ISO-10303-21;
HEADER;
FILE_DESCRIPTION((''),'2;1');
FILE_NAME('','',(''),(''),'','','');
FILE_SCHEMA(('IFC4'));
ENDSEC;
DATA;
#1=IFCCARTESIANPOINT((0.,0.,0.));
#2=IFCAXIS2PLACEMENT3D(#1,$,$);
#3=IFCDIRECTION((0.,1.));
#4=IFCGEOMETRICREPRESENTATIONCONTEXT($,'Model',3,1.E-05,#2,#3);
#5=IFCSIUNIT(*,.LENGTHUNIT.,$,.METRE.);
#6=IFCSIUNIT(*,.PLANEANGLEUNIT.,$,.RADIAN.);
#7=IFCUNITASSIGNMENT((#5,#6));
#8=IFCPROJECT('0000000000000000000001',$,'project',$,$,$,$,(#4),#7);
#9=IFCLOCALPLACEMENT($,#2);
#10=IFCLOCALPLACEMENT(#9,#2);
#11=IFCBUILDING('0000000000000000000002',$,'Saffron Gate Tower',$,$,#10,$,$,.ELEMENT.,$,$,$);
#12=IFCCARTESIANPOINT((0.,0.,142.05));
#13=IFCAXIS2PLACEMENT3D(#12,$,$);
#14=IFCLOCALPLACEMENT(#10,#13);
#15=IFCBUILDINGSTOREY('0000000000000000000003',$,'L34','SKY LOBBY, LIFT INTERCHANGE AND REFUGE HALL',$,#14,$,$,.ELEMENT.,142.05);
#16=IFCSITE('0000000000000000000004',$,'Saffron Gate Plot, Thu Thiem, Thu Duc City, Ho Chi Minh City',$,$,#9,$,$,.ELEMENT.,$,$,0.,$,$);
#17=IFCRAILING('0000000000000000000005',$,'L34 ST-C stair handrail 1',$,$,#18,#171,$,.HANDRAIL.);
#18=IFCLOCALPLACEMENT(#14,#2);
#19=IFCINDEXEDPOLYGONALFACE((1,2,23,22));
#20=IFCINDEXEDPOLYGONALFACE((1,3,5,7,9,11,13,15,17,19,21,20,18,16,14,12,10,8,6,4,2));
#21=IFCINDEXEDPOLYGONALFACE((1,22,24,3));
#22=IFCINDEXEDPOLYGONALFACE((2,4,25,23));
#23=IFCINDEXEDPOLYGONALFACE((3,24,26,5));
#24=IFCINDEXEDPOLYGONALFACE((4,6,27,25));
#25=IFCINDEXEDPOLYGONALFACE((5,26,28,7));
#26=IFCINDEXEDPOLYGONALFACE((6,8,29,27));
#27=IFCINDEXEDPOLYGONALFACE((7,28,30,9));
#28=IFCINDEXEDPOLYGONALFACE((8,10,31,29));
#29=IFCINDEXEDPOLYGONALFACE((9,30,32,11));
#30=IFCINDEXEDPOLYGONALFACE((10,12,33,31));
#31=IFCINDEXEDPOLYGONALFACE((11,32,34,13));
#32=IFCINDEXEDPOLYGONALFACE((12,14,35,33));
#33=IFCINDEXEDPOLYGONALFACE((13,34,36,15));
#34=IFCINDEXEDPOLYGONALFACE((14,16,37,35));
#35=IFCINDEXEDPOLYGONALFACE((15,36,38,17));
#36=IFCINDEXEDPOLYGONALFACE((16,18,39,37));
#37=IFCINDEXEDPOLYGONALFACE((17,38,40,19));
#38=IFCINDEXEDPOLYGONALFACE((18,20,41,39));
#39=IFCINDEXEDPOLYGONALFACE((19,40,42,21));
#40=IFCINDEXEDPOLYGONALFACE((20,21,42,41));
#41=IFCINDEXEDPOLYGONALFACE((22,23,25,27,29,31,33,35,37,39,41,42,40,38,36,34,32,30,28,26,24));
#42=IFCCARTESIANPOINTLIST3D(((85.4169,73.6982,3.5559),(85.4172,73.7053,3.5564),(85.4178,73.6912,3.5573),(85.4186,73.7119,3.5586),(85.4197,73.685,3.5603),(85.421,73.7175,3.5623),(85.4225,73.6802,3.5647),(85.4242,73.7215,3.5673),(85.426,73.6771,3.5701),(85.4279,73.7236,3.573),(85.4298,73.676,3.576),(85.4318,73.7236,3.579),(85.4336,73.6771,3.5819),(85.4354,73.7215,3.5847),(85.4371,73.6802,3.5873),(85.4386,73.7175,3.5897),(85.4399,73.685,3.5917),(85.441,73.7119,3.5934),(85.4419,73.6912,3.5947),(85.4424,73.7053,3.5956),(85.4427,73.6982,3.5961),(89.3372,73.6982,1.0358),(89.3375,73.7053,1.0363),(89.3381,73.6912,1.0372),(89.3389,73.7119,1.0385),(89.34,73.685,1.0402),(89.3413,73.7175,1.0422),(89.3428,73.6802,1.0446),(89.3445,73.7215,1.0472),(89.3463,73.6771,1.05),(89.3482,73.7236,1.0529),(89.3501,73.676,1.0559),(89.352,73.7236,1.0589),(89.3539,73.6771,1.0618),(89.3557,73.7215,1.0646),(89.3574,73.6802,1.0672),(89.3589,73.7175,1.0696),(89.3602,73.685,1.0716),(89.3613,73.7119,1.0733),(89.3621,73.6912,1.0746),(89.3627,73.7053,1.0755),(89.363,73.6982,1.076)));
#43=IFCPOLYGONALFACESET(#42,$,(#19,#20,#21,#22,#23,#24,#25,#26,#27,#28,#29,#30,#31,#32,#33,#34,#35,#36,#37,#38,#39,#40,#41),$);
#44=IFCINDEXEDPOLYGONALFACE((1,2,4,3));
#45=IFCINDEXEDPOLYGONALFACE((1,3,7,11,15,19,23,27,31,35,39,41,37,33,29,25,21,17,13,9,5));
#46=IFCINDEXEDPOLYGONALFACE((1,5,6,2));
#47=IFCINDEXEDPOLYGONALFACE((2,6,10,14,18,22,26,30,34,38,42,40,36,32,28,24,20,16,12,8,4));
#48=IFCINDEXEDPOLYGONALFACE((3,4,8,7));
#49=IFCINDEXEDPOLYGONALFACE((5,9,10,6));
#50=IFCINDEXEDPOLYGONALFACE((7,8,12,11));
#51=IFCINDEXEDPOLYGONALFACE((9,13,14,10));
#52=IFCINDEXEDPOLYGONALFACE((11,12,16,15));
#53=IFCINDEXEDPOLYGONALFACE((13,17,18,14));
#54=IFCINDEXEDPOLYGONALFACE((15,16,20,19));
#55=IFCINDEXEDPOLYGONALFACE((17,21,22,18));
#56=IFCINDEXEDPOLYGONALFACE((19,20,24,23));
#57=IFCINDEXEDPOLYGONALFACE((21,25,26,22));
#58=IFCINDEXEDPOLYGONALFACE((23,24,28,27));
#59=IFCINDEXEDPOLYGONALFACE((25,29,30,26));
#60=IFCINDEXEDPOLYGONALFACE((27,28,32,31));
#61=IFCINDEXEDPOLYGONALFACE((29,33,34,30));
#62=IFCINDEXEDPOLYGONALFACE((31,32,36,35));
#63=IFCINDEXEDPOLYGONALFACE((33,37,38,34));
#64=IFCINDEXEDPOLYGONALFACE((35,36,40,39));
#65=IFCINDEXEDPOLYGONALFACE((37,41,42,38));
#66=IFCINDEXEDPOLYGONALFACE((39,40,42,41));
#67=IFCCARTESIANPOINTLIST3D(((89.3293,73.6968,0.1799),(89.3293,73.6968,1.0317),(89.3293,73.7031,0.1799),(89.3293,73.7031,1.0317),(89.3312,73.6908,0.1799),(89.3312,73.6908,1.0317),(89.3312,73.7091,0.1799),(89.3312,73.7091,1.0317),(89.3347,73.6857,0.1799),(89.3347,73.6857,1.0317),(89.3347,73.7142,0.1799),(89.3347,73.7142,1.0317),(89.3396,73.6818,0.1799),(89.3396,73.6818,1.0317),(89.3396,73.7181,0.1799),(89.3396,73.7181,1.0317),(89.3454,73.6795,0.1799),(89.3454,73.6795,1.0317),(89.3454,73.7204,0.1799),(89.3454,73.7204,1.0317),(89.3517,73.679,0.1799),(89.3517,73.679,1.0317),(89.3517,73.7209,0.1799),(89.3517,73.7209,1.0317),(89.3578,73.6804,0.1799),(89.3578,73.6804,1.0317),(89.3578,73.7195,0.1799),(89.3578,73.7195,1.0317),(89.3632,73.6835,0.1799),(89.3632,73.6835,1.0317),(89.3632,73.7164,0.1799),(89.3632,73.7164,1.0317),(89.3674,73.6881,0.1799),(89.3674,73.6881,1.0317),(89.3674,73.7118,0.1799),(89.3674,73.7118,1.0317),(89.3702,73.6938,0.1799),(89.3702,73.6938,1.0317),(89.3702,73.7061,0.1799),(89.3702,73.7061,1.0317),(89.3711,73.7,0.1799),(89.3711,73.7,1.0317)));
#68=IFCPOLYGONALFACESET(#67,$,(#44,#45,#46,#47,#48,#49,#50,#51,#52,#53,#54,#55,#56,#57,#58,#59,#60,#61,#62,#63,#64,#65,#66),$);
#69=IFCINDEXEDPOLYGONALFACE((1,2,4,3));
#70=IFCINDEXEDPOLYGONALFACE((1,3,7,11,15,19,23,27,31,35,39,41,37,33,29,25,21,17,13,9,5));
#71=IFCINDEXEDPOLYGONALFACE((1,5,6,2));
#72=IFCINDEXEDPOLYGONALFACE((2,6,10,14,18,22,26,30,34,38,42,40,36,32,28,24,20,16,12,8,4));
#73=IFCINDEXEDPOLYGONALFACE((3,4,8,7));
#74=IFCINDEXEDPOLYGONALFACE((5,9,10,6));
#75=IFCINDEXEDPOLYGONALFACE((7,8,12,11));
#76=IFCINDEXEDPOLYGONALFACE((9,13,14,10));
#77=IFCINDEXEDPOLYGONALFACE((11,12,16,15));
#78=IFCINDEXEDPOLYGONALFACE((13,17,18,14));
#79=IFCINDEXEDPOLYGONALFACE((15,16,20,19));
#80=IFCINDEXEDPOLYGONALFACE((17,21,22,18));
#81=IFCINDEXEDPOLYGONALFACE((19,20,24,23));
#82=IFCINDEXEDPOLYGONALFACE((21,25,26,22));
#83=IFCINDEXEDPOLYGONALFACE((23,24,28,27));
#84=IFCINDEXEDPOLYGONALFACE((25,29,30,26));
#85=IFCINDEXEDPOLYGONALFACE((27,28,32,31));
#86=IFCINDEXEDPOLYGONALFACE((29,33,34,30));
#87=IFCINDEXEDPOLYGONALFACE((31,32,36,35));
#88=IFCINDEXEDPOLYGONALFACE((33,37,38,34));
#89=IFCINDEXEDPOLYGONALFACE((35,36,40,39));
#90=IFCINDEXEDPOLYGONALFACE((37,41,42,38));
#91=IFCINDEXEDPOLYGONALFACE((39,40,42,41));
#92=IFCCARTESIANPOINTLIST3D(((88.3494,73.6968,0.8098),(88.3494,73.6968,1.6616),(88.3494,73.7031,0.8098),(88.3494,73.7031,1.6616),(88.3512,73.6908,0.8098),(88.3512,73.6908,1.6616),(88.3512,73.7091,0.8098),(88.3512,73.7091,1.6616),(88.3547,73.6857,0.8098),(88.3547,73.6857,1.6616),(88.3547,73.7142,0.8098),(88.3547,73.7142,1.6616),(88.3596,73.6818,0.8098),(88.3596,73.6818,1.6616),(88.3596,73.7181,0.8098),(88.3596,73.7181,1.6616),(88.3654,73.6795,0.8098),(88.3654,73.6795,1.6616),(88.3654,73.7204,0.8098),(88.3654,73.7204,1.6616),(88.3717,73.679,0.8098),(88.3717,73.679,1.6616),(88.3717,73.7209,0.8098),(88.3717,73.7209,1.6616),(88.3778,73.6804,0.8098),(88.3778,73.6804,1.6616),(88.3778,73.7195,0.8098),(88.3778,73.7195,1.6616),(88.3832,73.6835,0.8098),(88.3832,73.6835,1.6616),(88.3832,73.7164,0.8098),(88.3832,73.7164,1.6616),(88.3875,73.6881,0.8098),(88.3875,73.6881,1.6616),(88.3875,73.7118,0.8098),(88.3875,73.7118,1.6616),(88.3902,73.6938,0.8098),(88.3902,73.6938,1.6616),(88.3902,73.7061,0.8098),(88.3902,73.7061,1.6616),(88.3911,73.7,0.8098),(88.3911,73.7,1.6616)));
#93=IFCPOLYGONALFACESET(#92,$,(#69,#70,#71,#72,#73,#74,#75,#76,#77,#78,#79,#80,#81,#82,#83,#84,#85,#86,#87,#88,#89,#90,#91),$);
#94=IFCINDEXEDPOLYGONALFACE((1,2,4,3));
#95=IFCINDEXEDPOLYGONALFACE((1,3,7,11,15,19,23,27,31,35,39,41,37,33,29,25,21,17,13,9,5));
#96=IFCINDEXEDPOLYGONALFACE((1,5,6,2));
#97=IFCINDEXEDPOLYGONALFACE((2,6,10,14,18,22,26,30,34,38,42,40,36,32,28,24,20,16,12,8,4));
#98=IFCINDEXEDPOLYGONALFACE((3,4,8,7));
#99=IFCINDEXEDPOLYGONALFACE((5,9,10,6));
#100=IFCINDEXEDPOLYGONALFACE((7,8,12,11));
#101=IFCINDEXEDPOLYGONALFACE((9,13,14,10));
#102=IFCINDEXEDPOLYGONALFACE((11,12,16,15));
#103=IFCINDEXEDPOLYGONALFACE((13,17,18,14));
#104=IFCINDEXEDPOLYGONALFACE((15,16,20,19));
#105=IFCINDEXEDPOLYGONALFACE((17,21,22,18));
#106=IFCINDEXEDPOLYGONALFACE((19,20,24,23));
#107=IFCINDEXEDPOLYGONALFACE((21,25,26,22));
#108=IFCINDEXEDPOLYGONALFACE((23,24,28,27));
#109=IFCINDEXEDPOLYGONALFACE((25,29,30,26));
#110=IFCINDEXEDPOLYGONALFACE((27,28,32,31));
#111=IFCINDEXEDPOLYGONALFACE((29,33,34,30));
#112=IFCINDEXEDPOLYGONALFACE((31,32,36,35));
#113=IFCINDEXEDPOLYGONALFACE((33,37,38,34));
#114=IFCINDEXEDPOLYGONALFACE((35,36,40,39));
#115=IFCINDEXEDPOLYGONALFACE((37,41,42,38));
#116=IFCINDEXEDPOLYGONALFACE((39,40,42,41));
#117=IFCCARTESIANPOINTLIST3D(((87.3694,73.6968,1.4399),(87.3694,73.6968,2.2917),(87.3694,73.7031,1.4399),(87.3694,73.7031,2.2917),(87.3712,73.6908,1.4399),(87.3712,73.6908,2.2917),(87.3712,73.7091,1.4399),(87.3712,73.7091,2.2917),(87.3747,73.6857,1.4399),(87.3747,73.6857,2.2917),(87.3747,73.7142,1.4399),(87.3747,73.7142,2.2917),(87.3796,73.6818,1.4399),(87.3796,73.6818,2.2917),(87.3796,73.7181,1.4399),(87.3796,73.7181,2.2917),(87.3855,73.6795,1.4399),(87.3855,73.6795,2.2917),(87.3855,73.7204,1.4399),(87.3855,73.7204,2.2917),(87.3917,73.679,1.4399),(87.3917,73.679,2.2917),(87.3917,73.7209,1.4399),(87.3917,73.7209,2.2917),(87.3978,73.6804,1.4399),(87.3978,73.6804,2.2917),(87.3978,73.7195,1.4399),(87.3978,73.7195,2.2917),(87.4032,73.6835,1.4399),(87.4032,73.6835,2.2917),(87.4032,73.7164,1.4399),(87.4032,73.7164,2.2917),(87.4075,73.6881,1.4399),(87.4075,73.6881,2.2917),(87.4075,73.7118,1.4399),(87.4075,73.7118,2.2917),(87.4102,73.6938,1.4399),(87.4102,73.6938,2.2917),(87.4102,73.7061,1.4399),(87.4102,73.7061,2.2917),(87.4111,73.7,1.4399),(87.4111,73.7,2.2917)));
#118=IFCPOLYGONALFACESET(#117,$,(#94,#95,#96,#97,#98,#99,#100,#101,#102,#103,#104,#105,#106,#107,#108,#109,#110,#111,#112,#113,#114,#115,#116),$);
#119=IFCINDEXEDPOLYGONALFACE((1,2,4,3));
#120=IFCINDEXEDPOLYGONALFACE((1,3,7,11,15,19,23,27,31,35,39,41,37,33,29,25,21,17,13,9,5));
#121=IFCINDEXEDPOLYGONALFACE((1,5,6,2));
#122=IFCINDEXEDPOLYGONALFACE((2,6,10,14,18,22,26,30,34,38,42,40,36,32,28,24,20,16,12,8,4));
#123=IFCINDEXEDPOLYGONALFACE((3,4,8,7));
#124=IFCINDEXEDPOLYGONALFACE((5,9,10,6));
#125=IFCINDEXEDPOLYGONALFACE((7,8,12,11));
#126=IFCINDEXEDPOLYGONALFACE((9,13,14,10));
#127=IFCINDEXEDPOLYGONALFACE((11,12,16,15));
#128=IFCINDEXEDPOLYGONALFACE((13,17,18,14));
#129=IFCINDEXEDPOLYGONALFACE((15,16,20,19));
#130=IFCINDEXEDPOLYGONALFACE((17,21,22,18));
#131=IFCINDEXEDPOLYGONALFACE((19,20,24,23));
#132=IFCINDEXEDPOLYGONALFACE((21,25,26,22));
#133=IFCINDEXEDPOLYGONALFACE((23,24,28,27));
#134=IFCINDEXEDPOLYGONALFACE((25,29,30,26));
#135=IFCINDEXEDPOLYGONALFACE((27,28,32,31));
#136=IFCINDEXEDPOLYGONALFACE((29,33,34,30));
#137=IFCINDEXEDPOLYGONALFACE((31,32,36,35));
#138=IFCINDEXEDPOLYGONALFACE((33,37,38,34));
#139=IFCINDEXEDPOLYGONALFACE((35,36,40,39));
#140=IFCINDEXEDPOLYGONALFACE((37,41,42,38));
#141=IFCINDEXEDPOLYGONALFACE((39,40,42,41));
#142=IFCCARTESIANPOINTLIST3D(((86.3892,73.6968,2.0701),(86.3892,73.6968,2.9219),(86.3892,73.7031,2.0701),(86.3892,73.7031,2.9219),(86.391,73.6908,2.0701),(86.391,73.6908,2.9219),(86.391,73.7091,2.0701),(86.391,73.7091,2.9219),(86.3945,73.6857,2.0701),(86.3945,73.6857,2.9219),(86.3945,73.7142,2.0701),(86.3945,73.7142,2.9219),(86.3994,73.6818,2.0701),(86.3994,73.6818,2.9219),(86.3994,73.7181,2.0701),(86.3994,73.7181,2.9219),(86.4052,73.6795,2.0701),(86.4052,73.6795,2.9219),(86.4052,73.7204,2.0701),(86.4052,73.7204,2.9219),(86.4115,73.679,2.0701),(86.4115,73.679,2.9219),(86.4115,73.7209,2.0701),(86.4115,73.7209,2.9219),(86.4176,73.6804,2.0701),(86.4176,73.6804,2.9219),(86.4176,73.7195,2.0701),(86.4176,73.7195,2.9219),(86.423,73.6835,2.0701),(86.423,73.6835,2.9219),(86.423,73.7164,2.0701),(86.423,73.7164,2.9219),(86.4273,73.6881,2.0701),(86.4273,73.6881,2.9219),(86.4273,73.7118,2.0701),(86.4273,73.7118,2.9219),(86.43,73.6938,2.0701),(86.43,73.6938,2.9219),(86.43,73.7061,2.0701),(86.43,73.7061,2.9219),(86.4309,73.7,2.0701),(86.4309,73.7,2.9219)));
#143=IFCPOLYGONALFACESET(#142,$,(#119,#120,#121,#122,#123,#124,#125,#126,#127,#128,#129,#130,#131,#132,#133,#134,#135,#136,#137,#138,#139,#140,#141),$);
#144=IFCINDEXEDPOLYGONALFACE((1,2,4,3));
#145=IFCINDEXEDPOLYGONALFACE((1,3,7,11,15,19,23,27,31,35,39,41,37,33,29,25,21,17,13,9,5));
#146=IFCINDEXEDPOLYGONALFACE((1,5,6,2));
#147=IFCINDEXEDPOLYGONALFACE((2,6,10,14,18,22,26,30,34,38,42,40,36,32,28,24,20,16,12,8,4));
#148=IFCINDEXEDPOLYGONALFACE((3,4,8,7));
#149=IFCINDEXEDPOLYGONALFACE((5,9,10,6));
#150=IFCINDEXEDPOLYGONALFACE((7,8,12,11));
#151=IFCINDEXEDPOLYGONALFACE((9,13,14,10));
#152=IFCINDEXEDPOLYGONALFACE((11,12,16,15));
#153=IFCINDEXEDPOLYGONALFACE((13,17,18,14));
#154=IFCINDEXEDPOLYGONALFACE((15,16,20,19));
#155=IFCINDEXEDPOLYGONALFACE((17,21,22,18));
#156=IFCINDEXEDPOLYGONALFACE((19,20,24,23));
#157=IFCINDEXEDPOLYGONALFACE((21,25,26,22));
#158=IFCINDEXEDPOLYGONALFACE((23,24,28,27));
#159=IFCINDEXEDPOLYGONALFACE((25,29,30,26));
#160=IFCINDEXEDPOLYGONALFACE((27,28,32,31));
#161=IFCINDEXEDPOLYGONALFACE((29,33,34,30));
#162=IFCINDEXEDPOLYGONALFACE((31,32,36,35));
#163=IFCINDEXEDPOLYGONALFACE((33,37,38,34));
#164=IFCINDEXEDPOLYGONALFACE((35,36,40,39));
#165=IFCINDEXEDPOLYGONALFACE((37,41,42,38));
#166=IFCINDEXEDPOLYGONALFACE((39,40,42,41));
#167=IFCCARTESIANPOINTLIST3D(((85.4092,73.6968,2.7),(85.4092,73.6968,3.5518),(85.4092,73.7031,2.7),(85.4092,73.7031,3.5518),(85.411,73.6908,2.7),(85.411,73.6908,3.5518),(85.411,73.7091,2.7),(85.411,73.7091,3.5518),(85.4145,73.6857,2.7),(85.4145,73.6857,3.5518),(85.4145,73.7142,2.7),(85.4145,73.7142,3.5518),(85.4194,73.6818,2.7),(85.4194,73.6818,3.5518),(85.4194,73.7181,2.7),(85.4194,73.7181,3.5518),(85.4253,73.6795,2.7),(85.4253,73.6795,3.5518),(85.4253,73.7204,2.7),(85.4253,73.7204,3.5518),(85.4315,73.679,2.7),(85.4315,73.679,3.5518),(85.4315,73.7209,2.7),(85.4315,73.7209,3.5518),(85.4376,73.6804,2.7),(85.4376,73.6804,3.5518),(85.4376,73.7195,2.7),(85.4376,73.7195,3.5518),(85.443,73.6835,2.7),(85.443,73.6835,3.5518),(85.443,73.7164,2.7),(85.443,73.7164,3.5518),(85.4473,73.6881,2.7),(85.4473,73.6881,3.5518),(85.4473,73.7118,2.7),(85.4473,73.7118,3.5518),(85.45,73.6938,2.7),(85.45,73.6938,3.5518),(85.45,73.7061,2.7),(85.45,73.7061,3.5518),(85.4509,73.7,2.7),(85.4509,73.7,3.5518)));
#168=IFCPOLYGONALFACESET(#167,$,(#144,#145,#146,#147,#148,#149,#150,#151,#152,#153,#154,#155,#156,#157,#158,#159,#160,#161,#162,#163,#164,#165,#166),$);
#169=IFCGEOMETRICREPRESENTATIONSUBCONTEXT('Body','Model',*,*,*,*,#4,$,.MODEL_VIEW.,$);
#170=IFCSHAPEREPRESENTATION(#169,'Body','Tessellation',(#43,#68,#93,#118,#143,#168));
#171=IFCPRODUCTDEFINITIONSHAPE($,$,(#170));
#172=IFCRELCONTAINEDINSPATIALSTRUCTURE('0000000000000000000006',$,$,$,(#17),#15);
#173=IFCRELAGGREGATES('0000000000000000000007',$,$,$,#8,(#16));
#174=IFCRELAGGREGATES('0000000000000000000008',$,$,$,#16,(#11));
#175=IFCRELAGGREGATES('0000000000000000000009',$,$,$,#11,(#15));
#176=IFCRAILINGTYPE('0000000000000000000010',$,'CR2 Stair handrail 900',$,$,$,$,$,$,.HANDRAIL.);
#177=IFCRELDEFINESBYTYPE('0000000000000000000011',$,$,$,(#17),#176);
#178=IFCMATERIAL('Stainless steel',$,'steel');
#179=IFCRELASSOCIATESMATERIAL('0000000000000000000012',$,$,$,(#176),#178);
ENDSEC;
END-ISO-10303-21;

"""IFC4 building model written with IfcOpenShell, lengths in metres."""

from ifc_helpers import new_model, si_unit, direction, frame, origin, origin_2d, place, context, subcontext, project, spatial, circle, extrude, material, type_object, element, save


model = new_model("IFC4")

# Units and contexts
model_context = context("Model", 3, precision=1e-05, world=origin(), true_north=direction((0.0, 1.0)))
body_context = subcontext(model_context, "Body", "Model", "MODEL_VIEW")
ifc_project = project(units=[si_unit("LENGTHUNIT", "METRE"), si_unit("PLANEANGLEUNIT", "RADIAN")], contexts=[model_context])

# Site, building, storey
site_placement = place(None, origin())
site = spatial("IfcSite", under=ifc_project, at=site_placement, Name="Saffron Gate Plot, Thu Thiem, Thu Duc City, Ho Chi Minh City", CompositionType="ELEMENT", RefElevation=0.0)
building_placement = place(site_placement, origin())
building = spatial("IfcBuilding", under=site, at=building_placement, Name="Saffron Gate Tower", CompositionType="ELEMENT")
storey_placement = place(building_placement, frame((0.0, 0.0, 142.05)))
storey = spatial("IfcBuildingStorey", under=building, at=storey_placement, Name="L34", Description="SKY LOBBY, LIFT INTERCHANGE AND REFUGE HALL", CompositionType="ELEMENT", Elevation=142.05)

# Railing
ifc_material_1 = material(Name="Stainless steel", Category="steel")
railing_type_1 = type_object("IfcRailingType", Name="CR2 Stair handrail 900", PredefinedType="HANDRAIL", material=ifc_material_1)
railing_1_placement = place(storey_placement, frame((89.3501, 73.7, 0.1799)))
element("IfcRailing", 1, at=railing_1_placement, inside=storey, type_object=railing_type_1, Name="L34 ST-C stair handrail 1", PredefinedType="HANDRAIL", context=body_context, shape_type="SweptSolid", body=[
    extrude(circle(Radius=0.0239, at=origin_2d()), frame((0.0, 0.0, 0.876), z_axis=(-0.841187, 0.0, 0.540744), x_axis=(0.0, -1.0, 0.0)), (0.0, 0.0, 1.0), 4.6604),
    extrude(circle(Radius=0.021, at=origin_2d()), origin(), (0.0, 0.0, 1.0), 0.8518),
    extrude(circle(Radius=0.021, at=origin_2d()), frame((-0.98, 0.0, 0.6299)), (0.0, 0.0, 1.0), 0.8518),
    extrude(circle(Radius=0.021, at=origin_2d()), frame((-1.96, 0.0, 1.26)), (0.0, 0.0, 1.0), 0.8518),
    extrude(circle(Radius=0.021, at=origin_2d()), frame((-2.9402, 0.0, 1.8901)), (0.0, 0.0, 1.0), 0.8518),
    extrude(circle(Radius=0.021, at=origin_2d()), frame((-3.9202, 0.0, 2.52)), (0.0, 0.0, 1.0), 0.8518),
])

save(model, "model.ifc")
